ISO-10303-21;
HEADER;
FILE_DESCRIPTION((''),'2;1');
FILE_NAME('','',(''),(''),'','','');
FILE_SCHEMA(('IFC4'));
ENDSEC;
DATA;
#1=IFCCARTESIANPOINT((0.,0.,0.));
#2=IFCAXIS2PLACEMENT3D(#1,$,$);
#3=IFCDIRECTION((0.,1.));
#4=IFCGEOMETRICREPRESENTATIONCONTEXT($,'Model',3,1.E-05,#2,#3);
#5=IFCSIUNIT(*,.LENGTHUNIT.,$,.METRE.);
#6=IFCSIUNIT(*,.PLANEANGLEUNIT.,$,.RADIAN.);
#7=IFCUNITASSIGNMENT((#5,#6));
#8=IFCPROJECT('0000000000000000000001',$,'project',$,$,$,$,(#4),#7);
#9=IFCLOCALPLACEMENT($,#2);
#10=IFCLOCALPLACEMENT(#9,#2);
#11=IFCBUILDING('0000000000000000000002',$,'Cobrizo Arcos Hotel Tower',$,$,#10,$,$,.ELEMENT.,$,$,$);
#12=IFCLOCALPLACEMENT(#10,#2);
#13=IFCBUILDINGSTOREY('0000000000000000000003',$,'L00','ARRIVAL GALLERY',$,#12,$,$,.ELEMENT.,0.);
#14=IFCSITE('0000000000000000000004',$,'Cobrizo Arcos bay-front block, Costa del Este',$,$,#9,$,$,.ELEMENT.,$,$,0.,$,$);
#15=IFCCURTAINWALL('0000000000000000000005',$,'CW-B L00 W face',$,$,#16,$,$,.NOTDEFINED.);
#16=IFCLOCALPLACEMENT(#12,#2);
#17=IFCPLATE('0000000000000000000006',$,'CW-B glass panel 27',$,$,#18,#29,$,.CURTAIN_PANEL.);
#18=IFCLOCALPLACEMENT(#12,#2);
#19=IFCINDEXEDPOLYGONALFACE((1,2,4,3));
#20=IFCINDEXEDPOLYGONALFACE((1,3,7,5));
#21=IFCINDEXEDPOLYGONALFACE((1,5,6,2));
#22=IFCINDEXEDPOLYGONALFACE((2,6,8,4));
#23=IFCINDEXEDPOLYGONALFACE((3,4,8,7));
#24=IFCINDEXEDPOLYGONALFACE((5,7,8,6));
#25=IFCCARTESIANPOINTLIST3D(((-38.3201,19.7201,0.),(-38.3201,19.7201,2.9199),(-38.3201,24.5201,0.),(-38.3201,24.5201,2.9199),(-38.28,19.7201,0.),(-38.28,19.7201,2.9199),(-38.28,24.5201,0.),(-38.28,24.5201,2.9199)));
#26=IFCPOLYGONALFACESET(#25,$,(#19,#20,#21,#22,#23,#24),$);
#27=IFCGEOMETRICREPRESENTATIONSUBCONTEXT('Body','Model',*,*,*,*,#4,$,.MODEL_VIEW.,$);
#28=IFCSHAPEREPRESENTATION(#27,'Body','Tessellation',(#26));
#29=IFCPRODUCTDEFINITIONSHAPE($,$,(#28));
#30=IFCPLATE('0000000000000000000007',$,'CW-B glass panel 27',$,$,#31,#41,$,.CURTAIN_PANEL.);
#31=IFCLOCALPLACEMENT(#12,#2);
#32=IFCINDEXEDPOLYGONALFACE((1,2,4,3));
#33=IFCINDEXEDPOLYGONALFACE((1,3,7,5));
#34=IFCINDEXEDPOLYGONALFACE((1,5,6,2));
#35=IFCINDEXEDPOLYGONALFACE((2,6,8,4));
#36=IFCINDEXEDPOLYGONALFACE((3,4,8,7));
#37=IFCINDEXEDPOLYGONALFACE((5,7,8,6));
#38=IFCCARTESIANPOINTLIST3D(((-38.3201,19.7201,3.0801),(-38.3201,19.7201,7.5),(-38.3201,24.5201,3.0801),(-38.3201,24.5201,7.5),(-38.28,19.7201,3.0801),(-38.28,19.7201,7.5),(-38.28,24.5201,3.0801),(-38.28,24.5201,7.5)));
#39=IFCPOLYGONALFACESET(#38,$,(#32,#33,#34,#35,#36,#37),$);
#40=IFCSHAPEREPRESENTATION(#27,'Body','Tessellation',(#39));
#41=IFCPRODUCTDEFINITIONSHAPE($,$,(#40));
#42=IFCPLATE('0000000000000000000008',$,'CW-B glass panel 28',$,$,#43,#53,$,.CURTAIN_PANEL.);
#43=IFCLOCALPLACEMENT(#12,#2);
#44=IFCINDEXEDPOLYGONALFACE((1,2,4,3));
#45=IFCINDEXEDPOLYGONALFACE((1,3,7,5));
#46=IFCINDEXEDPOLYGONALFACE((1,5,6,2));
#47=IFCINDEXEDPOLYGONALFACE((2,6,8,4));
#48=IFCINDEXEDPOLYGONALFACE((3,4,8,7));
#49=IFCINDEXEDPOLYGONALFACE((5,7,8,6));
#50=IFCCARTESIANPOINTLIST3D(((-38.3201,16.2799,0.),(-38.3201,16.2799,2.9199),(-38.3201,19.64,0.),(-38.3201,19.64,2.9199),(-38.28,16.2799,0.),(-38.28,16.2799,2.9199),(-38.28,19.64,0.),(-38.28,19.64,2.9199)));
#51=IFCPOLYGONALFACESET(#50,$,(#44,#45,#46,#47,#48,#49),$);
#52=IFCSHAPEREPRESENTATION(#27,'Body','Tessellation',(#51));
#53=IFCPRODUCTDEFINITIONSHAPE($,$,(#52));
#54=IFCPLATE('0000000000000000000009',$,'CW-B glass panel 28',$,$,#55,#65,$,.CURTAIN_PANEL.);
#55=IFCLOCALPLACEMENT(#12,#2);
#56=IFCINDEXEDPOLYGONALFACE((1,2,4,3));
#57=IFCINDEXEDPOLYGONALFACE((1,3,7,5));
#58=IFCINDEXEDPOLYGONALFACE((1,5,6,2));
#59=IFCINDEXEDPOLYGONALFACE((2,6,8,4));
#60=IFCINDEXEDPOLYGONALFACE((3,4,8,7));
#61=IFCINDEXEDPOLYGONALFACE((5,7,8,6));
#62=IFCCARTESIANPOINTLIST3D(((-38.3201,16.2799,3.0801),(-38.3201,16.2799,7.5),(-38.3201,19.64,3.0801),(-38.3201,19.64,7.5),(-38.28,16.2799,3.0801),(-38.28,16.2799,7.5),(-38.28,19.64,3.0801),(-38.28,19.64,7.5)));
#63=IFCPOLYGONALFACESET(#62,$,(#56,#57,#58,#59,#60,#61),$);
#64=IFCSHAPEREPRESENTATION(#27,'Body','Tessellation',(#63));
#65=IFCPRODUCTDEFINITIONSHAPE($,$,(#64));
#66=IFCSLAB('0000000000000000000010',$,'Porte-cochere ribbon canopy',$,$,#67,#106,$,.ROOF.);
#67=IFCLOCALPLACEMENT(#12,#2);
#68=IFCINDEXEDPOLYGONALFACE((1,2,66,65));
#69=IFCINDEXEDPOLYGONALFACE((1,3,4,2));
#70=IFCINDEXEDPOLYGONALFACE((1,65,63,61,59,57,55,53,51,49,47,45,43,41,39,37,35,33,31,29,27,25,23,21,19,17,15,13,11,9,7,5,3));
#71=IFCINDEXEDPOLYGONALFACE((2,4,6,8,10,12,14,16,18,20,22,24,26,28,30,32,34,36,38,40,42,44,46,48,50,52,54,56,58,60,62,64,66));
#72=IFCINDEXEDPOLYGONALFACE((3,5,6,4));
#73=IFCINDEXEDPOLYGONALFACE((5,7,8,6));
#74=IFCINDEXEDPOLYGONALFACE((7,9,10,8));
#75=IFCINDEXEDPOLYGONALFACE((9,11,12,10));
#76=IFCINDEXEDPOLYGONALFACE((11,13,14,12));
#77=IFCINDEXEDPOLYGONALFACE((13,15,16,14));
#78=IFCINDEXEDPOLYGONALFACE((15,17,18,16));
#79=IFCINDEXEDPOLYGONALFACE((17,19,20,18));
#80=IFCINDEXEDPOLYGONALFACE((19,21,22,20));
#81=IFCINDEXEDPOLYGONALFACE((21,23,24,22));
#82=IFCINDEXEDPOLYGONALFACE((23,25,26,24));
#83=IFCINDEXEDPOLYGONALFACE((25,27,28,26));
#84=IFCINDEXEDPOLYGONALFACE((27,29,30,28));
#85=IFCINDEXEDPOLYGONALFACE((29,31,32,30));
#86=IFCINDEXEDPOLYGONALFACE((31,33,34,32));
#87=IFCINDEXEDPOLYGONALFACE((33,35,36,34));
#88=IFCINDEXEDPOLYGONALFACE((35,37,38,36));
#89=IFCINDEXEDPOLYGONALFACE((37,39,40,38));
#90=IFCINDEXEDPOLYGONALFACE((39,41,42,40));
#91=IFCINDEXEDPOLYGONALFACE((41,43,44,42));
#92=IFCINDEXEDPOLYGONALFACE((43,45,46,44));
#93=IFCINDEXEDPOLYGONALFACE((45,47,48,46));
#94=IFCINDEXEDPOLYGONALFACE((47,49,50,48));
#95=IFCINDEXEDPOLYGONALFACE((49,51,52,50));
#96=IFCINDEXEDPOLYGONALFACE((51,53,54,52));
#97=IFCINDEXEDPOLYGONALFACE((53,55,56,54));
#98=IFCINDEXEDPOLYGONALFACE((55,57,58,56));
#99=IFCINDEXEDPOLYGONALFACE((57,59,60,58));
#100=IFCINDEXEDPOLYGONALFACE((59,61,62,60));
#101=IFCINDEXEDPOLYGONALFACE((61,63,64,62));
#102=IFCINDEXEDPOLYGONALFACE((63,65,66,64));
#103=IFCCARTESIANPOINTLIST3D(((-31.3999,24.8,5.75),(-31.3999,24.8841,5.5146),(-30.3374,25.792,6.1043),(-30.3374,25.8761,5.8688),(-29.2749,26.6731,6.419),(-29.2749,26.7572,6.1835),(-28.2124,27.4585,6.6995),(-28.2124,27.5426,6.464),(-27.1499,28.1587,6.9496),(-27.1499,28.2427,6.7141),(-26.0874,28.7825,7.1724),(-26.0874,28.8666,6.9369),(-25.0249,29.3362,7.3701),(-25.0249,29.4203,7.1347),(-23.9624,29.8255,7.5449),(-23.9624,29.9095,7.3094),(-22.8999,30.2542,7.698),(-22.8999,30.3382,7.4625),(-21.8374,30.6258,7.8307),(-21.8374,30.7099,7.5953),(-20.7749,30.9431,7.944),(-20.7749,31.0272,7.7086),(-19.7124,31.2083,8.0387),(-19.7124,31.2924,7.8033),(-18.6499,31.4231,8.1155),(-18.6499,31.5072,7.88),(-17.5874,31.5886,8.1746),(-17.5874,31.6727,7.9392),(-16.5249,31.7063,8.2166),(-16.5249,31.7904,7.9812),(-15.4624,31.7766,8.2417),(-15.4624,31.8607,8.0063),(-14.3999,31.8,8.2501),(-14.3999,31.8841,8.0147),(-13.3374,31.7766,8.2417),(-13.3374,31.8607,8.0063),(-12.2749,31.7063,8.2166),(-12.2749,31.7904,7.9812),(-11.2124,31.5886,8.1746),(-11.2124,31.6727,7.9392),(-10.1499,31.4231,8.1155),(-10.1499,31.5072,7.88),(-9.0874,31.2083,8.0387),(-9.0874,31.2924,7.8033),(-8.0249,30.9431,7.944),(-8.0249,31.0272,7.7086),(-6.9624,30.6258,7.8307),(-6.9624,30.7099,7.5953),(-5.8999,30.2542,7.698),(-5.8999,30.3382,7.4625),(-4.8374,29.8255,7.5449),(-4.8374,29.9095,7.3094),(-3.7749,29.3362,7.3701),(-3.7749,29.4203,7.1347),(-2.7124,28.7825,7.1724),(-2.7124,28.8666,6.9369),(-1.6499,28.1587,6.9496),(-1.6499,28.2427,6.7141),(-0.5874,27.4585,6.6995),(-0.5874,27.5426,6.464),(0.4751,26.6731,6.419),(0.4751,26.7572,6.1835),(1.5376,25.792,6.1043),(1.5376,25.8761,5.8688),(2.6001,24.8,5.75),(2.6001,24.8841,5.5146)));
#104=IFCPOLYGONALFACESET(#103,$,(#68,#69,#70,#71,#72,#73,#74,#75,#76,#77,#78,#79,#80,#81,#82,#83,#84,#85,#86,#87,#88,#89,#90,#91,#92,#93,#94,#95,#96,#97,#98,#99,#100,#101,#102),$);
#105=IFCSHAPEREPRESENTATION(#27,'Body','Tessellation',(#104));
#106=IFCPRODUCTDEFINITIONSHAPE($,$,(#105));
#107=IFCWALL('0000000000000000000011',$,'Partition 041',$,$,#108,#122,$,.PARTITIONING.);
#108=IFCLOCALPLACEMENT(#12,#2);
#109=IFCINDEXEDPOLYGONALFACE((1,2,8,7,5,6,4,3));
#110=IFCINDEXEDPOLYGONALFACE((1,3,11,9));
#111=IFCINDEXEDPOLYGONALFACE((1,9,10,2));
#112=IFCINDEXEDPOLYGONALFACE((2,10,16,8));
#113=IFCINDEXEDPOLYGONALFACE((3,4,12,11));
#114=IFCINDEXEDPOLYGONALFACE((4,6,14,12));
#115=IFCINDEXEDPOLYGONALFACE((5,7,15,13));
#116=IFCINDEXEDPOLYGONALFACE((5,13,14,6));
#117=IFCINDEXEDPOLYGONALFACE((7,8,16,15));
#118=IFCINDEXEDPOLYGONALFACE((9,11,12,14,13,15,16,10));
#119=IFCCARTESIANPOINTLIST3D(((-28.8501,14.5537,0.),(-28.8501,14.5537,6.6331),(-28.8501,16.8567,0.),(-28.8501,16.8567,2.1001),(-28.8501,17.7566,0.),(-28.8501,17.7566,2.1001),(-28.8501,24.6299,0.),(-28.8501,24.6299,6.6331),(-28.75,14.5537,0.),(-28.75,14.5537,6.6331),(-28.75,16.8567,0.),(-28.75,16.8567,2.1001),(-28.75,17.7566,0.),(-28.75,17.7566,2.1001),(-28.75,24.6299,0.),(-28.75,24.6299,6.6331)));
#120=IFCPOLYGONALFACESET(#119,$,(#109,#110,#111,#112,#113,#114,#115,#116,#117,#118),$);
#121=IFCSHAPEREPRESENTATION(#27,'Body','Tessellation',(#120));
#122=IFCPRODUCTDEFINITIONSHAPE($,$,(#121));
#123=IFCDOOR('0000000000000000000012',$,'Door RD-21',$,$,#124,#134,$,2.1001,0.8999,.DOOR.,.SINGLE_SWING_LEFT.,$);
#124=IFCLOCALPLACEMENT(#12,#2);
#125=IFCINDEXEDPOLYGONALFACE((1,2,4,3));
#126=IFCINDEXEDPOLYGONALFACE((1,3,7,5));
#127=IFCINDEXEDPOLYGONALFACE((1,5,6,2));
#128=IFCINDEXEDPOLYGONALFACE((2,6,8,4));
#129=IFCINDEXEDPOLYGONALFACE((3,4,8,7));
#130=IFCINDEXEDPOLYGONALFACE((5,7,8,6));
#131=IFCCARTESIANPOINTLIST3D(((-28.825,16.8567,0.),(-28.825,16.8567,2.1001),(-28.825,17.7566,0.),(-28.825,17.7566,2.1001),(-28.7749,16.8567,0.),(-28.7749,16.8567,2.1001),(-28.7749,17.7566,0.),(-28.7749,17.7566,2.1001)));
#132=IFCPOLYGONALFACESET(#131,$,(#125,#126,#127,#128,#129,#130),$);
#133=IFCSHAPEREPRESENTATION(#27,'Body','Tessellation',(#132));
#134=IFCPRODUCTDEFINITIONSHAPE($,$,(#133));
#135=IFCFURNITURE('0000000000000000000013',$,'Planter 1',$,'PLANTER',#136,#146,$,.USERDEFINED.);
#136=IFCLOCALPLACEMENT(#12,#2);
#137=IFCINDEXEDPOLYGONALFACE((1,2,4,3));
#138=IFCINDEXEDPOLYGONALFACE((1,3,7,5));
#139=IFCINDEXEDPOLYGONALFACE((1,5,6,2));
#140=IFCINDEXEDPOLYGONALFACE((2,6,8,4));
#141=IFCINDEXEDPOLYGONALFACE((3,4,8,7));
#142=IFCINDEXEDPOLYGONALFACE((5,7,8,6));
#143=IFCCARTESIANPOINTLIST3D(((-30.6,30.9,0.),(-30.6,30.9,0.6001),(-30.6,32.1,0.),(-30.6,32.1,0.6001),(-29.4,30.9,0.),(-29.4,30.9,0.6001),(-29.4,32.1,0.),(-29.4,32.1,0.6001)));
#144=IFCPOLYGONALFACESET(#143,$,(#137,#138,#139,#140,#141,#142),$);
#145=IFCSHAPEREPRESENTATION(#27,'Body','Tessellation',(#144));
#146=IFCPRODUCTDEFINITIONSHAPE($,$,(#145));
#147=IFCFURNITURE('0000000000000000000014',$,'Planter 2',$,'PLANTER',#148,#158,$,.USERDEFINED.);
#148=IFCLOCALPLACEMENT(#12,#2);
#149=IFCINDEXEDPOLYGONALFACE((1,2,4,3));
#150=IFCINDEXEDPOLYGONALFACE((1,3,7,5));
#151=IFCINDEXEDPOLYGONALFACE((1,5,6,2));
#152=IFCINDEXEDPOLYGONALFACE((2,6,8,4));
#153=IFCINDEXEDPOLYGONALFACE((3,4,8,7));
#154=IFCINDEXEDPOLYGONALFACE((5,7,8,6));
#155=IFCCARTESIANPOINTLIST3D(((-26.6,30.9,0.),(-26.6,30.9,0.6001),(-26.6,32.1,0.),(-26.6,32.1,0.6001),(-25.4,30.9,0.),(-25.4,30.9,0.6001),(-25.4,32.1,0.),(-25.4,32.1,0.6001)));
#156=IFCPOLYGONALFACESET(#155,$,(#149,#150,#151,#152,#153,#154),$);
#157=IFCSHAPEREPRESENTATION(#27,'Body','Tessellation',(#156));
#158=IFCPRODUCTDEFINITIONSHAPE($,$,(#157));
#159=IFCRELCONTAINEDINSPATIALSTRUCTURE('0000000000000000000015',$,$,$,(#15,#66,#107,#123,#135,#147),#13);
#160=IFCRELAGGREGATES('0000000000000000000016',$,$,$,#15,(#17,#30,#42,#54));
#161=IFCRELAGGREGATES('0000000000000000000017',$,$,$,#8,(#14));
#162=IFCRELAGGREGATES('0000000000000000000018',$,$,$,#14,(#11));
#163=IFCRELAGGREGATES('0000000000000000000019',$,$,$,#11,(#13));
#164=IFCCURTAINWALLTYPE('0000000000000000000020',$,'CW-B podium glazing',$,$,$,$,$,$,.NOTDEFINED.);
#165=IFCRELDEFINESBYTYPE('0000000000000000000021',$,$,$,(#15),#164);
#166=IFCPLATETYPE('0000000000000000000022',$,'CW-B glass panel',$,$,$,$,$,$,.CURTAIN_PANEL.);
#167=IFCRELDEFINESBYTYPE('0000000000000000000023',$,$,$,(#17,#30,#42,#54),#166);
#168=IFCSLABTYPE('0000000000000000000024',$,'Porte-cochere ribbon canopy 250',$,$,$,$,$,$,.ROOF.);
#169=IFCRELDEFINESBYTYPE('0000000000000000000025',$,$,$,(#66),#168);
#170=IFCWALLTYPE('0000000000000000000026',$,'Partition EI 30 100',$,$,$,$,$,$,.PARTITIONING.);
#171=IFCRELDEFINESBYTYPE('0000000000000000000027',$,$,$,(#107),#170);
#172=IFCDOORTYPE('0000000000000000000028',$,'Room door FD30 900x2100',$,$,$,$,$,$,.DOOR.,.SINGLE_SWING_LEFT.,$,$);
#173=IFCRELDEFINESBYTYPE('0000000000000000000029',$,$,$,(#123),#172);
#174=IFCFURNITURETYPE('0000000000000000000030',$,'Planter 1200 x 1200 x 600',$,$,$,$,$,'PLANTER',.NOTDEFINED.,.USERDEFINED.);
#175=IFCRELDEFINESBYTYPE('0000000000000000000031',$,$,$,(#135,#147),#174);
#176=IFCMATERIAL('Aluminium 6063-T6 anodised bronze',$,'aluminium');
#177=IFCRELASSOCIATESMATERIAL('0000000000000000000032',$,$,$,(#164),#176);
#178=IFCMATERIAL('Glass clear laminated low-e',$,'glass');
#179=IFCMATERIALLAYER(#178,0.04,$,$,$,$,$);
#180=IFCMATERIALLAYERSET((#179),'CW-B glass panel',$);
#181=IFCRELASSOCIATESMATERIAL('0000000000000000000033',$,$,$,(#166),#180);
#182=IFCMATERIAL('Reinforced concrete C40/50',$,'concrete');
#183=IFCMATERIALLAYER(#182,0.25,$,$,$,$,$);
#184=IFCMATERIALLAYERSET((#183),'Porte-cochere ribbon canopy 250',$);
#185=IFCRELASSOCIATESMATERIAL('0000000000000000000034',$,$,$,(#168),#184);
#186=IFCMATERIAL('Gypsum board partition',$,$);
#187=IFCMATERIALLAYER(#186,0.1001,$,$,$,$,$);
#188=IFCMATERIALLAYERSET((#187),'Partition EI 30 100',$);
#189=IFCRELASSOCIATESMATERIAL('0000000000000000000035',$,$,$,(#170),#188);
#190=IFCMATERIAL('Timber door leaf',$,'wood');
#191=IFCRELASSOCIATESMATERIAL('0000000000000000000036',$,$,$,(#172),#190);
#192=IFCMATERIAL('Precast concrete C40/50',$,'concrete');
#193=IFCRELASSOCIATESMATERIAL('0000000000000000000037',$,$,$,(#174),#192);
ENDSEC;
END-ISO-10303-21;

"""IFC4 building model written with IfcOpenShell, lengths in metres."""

from ifc_helpers import new_model, si_unit, direction, frame, frame_2d, origin, origin_2d, place, context, subcontext, project, spatial, polyline, rectangle, outline, extrude, material, layer, layer_set, type_object, element, fill, aggregate, save


model = new_model("IFC4")

# Units and contexts
model_context = context("Model", 3, precision=1e-05, world=origin(), true_north=direction((0.0, 1.0)))
body_context = subcontext(model_context, "Body", "Model", "MODEL_VIEW")
ifc_project = project(units=[si_unit("LENGTHUNIT", "METRE"), si_unit("PLANEANGLEUNIT", "RADIAN")], contexts=[model_context])

# Site, building, storey
site_placement = place(None, origin())
site = spatial("IfcSite", under=ifc_project, at=site_placement, Name="Cobrizo Arcos bay-front block, Costa del Este", CompositionType="ELEMENT", RefElevation=0.0)
building_placement = place(site_placement, origin())
building = spatial("IfcBuilding", under=site, at=building_placement, Name="Cobrizo Arcos Hotel Tower", CompositionType="ELEMENT")
storey_placement = place(building_placement, origin())
storey = spatial("IfcBuildingStorey", under=building, at=storey_placement, Name="L00", Description="ARRIVAL GALLERY", CompositionType="ELEMENT", Elevation=0.0)

# Curtain wall
ifc_material_1 = material(Name="Aluminium 6063-T6 anodised bronze", Category="aluminium")
curtain_wall_type_1 = type_object("IfcCurtainWallType", Name="CW-B podium glazing", PredefinedType="NOTDEFINED", material=ifc_material_1)
curtain_wall_1_placement = place(storey_placement, origin())
curtain_wall_1 = element("IfcCurtainWall", 1, at=curtain_wall_1_placement, inside=storey, type_object=curtain_wall_type_1, Name="CW-B L00 W face", PredefinedType="NOTDEFINED")

# Plates
ifc_material_2 = material(Name="Glass clear laminated low-e", Category="glass")
ifc_layer_1 = layer(ifc_material_2, 0.04)
ifc_layer_set_1 = layer_set([ifc_layer_1], Name="CW-B glass panel")
plate_type_1 = type_object("IfcPlateType", Name="CW-B glass panel", PredefinedType="CURTAIN_PANEL", material=ifc_layer_set_1)
plate_1_placement = place(storey_placement, frame((-38.3, 22.1201, 0.0), z_axis=(0.0, 0.0, 1.0), x_axis=(0.0, -1.0, 0.0)))
plate_1 = element("IfcPlate", 2, at=plate_1_placement, type_object=plate_type_1, Name="CW-B glass panel 27", PredefinedType="CURTAIN_PANEL", context=body_context, shape_type="SweptSolid", body=[
    extrude(rectangle(XDim=4.8, YDim=0.04, at=origin_2d()), origin(), (0.0, 0.0, 1.0), 2.9199),
])
plate_2_placement = place(storey_placement, frame((-38.3, 22.1201, 3.0801), z_axis=(0.0, 0.0, 1.0), x_axis=(0.0, -1.0, 0.0)))
plate_2 = element("IfcPlate", 3, at=plate_2_placement, type_object=plate_type_1, Name="CW-B glass panel 27", PredefinedType="CURTAIN_PANEL", context=body_context, shape_type="SweptSolid", body=[
    extrude(rectangle(XDim=4.8, YDim=0.04, at=origin_2d()), origin(), (0.0, 0.0, 1.0), 4.4199),
])
plate_3_placement = place(storey_placement, frame((-38.3, 17.96, 0.0), z_axis=(0.0, 0.0, 1.0), x_axis=(0.0, -1.0, 0.0)))
plate_3 = element("IfcPlate", 4, at=plate_3_placement, type_object=plate_type_1, Name="CW-B glass panel 28", PredefinedType="CURTAIN_PANEL", context=body_context, shape_type="SweptSolid", body=[
    extrude(rectangle(XDim=3.3601, YDim=0.04, at=origin_2d()), origin(), (0.0, 0.0, 1.0), 2.9199),
])
plate_4_placement = place(storey_placement, frame((-38.3, 17.96, 3.0801), z_axis=(0.0, 0.0, 1.0), x_axis=(0.0, -1.0, 0.0)))
plate_4 = element("IfcPlate", 5, at=plate_4_placement, type_object=plate_type_1, Name="CW-B glass panel 28", PredefinedType="CURTAIN_PANEL", context=body_context, shape_type="SweptSolid", body=[
    extrude(rectangle(XDim=3.3601, YDim=0.04, at=origin_2d()), origin(), (0.0, 0.0, 1.0), 4.4199),
])
aggregate(curtain_wall_1, [plate_1, plate_2, plate_3, plate_4])

# Slab
ifc_material_3 = material(Name="Reinforced concrete C40/50", Category="concrete")
ifc_layer_2 = layer(ifc_material_3, 0.25)
ifc_layer_set_2 = layer_set([ifc_layer_2], Name="Porte-cochere ribbon canopy 250")
slab_type = type_object("IfcSlabType", Name="Porte-cochere ribbon canopy 250", PredefinedType="ROOF", material=ifc_layer_set_2)
slab_placement = place(storey_placement, frame((-31.3999, 24.8, 5.75), z_axis=(0.0, -0.336349, 0.941738), x_axis=(1.0, 0.0, 0.0)))
element("IfcSlab", 6, at=slab_placement, inside=storey, type_object=slab_type, Name="Porte-cochere ribbon canopy", PredefinedType="ROOF", context=body_context, shape_type="SweptSolid", body=[
    extrude(outline(polyline([(0.0, 0.0), (34.0, 0.0), (32.9375, 1.0533), (31.875, 1.9889), (30.8125, 2.8229), (29.75, 3.5664), (28.6875, 4.2288), (27.625, 4.8168), (26.5625, 5.3363), (25.5, 5.7915), (24.4375, 6.1861), (23.375, 6.5231), (22.3125, 6.8047), (21.25, 7.0328), (20.1875, 7.2086), (19.125, 7.3335), (18.0625, 7.4082), (17.0, 7.433), (15.9375, 7.4082), (14.875, 7.3335), (13.8125, 7.2086), (12.75, 7.0328), (11.6875, 6.8047), (10.625, 6.5231), (9.5625, 6.1861), (8.5, 5.7915), (7.4375, 5.3363), (6.375, 4.8168), (5.3125, 4.2288), (4.25, 3.5664), (3.1875, 2.8229), (2.125, 1.9889), (1.0625, 1.0533), (0.0, 0.0)])), origin(), (0.0, 0.0, -1.0), 0.25),
])

# Wall, opening, door
ifc_material_4 = material(Name="Gypsum board partition")
ifc_layer_3 = layer(ifc_material_4, 0.1001)
ifc_layer_set_3 = layer_set([ifc_layer_3], Name="Partition EI 30 100")
wall_type = type_object("IfcWallType", Name="Partition EI 30 100", PredefinedType="PARTITIONING", material=ifc_layer_set_3)
wall_placement = place(storey_placement, frame((-28.8, 14.5537, 0.0), z_axis=(0.0, 0.0, 1.0), x_axis=(0.0, 1.0, 0.0)))
wall = element("IfcWall", 7, at=wall_placement, inside=storey, type_object=wall_type, Name="Partition 041", PredefinedType="PARTITIONING", context=body_context, shape_type="SweptSolid", body=[
    extrude(rectangle(XDim=10.0762, YDim=0.1001, at=frame_2d((5.0381, 0.0))), origin(), (0.0, 0.0, 1.0), 6.6331),
])
opening_placement = place(wall_placement, frame((2.303, 0.0, 0.0)))
opening = element("IfcOpeningElement", 8, at=opening_placement, cuts=wall, PredefinedType="OPENING", context=body_context, shape_type="SweptSolid", body=[
    extrude(rectangle(XDim=0.8999, YDim=2.1001, at=frame_2d((0.45, 1.05))), frame((0.0, 0.062, 0.0), z_axis=(0.0, -1.0, 0.0), x_axis=(1.0, 0.0, 0.0)), (0.0, 0.0, 1.0), 0.124),
])
ifc_material_5 = material(Name="Timber door leaf", Category="wood")
door_type = type_object("IfcDoorType", Name="Room door FD30 900x2100", OperationType="SINGLE_SWING_LEFT", PredefinedType="DOOR", material=ifc_material_5)
door_placement = place(opening_placement, origin())
door = element("IfcDoor", 9, at=door_placement, inside=storey, type_object=door_type, Name="Door RD-21", OperationType="SINGLE_SWING_LEFT", OverallHeight=2.1001, OverallWidth=0.8999, PredefinedType="DOOR", context=body_context, shape_type="SweptSolid", body=[
    extrude(rectangle(XDim=0.8999, YDim=2.1001, at=frame_2d((0.45, 1.05))), frame((0.0, 0.0249, 0.0), z_axis=(0.0, -1.0, 0.0), x_axis=(1.0, 0.0, 0.0)), (0.0, 0.0, 1.0), 0.05),
])
fill(opening, door)

# Furniture
ifc_material_6 = material(Name="Precast concrete C40/50", Category="concrete")
furniture_type = type_object("IfcFurnitureType", Name="Planter 1200 x 1200 x 600", ElementType="PLANTER", AssemblyPlace="NOTDEFINED", PredefinedType="USERDEFINED", material=ifc_material_6)
for number, where, z_axis, x_axis, name in (
    (10, (-30.0, 31.5, 0.0), (0.0, 0.0, 1.0), (1.0, 0.0, 0.0), "Planter 1"),
    (11, (-26.0, 31.5, 0.0), (0.0, 0.0, 1.0), (1.0, 0.0, 0.0), "Planter 2"),
):
    element("IfcFurniture", number, at=place(storey_placement, frame(where, z_axis=z_axis, x_axis=x_axis)), inside=storey, type_object=furniture_type, Name=name, ObjectType="PLANTER", PredefinedType="USERDEFINED", context=body_context, shape_type="SweptSolid", body=[
        extrude(rectangle(XDim=1.2, YDim=1.2, at=origin_2d()), origin(), (0.0, 0.0, 1.0), 0.6001),
    ])

save(model, "model.ifc")
